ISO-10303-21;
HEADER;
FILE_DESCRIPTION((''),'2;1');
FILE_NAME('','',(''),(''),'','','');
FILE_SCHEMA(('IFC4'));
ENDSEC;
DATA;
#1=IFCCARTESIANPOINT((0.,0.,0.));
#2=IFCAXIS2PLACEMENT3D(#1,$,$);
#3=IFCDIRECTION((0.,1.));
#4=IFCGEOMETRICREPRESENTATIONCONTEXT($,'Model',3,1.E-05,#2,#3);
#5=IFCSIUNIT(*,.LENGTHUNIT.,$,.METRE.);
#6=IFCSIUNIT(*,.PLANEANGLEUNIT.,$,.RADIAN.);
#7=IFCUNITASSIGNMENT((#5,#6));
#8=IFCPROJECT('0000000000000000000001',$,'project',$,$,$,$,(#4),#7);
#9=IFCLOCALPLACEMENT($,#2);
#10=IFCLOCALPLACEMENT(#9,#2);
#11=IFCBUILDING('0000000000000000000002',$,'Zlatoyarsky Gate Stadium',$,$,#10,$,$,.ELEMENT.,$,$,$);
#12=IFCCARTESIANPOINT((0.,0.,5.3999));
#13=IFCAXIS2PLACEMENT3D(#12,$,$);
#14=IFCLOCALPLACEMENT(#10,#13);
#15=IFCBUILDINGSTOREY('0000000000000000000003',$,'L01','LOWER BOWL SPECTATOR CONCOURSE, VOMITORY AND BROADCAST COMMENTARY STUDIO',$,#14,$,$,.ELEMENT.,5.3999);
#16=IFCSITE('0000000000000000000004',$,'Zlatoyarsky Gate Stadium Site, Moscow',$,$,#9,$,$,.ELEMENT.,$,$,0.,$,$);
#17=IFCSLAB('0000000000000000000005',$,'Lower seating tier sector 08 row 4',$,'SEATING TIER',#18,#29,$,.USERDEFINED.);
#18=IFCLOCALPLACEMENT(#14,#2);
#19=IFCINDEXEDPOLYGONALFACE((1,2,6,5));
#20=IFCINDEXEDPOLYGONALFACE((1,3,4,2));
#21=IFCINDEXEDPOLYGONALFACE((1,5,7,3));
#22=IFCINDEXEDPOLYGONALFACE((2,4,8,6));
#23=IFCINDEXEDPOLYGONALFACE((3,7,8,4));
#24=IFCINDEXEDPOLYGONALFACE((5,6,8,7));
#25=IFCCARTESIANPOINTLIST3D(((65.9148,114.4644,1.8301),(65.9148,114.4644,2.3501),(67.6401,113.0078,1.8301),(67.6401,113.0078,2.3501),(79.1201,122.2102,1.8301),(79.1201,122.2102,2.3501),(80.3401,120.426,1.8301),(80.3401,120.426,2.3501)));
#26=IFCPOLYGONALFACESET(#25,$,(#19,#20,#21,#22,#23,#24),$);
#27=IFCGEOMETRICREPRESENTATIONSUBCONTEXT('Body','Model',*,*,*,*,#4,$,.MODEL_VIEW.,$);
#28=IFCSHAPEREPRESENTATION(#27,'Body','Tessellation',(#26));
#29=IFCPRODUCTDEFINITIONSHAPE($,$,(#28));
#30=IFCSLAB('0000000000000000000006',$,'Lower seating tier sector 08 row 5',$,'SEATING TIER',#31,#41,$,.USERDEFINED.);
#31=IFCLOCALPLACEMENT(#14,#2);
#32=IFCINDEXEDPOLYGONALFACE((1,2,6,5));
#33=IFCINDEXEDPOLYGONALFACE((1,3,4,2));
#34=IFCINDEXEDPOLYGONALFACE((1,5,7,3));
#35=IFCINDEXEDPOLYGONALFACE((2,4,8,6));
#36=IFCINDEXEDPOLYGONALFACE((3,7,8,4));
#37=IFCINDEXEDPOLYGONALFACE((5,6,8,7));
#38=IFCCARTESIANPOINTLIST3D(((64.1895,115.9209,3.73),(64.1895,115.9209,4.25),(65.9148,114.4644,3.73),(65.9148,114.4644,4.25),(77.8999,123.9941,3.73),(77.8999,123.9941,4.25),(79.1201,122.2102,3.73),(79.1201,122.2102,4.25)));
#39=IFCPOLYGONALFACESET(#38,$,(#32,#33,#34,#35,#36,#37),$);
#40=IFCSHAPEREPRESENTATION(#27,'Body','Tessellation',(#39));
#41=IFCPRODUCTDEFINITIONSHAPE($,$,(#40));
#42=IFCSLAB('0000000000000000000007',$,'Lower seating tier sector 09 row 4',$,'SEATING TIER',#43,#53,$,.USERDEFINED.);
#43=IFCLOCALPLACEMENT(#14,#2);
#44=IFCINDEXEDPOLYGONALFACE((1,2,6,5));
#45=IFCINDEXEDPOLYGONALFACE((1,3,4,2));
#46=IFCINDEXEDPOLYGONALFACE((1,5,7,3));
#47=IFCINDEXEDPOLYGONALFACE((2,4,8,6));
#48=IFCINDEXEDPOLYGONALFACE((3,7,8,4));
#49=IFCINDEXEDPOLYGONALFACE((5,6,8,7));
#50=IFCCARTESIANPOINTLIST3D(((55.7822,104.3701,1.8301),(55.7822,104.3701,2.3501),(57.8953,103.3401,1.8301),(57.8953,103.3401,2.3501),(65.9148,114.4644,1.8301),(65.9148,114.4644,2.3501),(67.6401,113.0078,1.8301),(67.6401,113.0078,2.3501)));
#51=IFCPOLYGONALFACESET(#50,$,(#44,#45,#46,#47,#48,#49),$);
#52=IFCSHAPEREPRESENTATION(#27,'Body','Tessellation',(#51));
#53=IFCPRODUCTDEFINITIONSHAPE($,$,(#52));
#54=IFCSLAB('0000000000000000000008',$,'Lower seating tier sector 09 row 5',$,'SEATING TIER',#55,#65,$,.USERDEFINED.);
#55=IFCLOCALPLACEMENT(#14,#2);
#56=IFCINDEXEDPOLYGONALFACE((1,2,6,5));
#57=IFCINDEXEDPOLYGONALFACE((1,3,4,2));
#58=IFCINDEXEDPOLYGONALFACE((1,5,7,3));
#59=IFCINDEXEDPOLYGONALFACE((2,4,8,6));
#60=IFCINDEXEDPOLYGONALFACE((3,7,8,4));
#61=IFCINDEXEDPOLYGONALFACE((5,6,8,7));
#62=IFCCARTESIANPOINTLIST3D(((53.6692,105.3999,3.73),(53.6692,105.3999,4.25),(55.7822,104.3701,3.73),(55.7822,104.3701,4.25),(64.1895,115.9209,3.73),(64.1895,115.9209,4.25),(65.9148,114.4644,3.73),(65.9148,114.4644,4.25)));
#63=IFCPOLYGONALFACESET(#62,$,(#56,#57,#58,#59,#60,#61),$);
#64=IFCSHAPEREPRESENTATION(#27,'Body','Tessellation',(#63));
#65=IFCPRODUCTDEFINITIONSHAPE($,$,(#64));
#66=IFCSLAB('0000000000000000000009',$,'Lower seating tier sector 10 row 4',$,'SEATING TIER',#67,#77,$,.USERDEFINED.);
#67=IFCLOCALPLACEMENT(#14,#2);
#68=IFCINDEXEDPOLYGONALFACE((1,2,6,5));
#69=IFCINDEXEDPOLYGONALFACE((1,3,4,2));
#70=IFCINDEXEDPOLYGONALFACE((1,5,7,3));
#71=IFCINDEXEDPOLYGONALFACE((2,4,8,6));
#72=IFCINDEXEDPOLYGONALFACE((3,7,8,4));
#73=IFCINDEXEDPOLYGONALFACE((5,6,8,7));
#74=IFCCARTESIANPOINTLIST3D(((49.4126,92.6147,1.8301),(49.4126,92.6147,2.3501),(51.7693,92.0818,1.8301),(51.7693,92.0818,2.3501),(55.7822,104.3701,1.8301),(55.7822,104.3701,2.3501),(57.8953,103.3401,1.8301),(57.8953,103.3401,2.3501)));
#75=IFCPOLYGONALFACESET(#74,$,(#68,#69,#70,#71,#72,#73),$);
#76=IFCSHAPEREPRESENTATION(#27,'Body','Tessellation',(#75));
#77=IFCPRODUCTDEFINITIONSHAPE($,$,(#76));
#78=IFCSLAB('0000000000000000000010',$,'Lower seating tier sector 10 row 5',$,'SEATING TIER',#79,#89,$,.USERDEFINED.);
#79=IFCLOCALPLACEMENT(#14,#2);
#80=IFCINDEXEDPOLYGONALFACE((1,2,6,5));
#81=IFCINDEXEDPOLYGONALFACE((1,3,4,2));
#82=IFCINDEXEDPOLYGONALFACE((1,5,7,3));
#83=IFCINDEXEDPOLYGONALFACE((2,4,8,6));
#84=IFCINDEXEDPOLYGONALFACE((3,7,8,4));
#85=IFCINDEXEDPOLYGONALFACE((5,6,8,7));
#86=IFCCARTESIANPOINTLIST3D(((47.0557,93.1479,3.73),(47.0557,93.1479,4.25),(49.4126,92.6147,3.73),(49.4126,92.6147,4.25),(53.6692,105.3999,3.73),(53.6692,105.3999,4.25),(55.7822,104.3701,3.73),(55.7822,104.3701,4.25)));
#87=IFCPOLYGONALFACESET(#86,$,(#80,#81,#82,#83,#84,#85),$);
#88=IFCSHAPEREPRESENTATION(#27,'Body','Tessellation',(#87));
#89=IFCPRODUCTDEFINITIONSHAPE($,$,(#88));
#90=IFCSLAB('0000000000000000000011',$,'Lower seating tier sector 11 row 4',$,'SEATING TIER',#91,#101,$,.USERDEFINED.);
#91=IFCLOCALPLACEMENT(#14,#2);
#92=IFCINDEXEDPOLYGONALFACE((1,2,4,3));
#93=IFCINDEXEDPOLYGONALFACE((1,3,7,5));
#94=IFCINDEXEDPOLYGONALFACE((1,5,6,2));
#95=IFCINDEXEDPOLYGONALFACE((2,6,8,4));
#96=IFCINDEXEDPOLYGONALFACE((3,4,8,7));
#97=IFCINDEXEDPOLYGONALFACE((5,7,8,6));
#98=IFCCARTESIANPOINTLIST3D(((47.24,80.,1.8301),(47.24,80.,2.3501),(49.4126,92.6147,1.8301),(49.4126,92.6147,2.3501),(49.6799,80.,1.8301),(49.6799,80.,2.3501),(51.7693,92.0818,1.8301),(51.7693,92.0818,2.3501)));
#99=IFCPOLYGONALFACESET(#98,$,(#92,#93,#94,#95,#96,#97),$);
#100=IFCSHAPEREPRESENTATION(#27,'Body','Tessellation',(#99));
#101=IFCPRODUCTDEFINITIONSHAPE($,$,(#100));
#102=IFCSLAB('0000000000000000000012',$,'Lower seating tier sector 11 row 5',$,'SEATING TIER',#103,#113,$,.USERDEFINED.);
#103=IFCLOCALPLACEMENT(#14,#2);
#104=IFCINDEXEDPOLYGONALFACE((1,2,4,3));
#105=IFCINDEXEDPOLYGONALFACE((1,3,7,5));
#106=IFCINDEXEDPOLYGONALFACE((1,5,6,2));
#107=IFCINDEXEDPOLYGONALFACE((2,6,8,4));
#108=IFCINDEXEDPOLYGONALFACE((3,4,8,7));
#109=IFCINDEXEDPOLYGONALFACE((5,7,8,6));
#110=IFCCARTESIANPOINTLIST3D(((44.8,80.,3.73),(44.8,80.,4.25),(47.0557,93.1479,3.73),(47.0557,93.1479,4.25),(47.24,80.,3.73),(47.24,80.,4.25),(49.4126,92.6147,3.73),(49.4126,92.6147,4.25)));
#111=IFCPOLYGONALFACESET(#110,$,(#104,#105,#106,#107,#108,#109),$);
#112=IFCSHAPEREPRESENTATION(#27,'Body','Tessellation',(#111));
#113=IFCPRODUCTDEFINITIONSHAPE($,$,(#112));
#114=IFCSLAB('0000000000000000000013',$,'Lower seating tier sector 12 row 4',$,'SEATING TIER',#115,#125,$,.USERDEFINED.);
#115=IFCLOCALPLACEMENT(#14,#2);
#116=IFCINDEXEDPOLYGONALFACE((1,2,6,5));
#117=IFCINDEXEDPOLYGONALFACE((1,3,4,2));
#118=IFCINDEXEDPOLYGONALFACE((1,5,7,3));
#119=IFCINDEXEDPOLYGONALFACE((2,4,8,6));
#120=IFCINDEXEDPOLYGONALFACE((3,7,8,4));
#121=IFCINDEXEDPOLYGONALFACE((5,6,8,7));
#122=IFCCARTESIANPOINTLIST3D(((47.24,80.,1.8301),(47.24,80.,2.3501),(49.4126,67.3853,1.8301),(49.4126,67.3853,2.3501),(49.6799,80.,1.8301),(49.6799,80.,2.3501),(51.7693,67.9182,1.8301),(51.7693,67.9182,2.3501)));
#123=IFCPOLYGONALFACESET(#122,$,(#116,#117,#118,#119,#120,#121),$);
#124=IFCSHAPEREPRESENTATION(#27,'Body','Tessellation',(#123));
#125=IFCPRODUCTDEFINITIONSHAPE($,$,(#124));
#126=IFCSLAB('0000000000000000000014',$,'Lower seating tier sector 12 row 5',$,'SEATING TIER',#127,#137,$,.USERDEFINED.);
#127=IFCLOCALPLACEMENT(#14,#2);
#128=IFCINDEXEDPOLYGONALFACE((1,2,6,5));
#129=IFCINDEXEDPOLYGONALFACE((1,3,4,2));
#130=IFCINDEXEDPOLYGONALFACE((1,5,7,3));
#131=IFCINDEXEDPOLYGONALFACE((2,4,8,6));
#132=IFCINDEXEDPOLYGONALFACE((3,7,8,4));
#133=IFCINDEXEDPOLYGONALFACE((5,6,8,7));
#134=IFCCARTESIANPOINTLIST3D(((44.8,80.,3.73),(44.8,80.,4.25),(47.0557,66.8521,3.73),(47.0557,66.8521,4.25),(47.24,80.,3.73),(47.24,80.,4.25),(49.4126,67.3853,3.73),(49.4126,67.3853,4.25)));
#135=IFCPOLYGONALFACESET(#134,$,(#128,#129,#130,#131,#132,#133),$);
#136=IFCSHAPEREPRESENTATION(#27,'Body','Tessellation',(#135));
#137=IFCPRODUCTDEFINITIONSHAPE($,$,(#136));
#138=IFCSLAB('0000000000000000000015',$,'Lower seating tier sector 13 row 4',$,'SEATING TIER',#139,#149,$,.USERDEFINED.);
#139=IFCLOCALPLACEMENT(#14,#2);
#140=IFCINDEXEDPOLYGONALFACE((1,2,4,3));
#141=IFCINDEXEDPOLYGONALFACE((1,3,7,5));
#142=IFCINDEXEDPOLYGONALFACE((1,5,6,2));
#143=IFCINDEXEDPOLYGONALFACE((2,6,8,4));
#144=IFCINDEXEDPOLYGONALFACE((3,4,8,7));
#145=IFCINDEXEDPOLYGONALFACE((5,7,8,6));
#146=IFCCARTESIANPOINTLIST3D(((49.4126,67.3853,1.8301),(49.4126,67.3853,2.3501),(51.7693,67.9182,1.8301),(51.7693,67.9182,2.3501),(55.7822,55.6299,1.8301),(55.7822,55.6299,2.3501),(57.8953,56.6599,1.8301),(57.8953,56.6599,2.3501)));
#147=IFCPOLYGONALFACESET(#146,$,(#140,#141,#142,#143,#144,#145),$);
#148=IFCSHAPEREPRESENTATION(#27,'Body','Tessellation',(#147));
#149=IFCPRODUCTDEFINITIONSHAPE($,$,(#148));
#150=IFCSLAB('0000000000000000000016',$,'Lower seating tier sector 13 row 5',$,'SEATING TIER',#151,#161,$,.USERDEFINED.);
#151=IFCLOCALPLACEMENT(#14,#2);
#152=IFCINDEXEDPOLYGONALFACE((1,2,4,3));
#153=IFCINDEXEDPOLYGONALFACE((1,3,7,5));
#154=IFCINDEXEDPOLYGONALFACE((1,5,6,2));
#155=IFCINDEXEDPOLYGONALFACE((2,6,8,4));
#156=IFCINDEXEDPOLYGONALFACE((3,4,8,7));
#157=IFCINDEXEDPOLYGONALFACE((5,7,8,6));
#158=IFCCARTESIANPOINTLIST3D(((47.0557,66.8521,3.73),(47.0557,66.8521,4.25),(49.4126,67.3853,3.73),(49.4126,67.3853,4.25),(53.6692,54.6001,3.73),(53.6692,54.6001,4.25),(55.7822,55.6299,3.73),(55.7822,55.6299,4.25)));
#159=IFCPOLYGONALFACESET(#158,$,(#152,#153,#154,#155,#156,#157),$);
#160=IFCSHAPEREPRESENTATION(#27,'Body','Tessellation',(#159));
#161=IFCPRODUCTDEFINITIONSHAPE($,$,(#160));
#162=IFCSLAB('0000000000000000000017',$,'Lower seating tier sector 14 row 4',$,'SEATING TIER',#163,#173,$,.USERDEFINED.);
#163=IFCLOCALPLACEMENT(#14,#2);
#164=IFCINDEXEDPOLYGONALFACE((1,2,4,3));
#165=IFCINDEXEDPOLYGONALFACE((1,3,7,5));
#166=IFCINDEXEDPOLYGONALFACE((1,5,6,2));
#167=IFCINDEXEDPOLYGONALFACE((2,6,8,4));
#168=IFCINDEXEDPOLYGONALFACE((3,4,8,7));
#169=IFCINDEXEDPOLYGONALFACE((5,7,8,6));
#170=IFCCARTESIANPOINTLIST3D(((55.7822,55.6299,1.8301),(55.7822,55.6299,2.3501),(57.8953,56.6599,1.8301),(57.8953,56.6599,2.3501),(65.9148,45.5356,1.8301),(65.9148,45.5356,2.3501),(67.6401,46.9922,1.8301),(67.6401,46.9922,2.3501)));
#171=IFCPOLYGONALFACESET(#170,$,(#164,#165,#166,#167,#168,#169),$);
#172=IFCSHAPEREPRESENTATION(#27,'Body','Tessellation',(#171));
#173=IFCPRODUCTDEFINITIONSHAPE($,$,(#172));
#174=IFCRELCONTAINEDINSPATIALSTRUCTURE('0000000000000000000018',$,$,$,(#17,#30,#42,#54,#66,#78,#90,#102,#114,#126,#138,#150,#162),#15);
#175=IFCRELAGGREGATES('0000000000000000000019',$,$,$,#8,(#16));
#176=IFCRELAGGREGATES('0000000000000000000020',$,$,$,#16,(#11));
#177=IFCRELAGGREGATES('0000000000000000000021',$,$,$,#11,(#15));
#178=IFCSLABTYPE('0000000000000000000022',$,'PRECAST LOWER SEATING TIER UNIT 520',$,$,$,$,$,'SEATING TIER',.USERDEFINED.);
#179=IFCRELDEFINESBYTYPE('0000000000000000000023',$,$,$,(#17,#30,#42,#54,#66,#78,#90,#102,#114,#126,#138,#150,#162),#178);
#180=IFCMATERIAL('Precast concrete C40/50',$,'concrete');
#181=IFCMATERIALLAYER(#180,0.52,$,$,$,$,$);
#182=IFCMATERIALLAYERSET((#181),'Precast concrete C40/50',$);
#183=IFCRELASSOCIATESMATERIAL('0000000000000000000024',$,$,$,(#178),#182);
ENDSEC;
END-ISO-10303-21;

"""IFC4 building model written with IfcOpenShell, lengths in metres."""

from ifc_helpers import new_model, si_unit, direction, frame, origin, place, context, subcontext, project, spatial, polyline, outline, extrude, material, layer, layer_set, type_object, element, save


model = new_model("IFC4")

# Units and contexts
model_context = context("Model", 3, precision=1e-05, world=origin(), true_north=direction((0.0, 1.0)))
body_context = subcontext(model_context, "Body", "Model", "MODEL_VIEW")
ifc_project = project(units=[si_unit("LENGTHUNIT", "METRE"), si_unit("PLANEANGLEUNIT", "RADIAN")], contexts=[model_context])

# Site, building, storey
site_placement = place(None, origin())
site = spatial("IfcSite", under=ifc_project, at=site_placement, Name="Zlatoyarsky Gate Stadium Site, Moscow", CompositionType="ELEMENT", RefElevation=0.0)
building_placement = place(site_placement, origin())
building = spatial("IfcBuilding", under=site, at=building_placement, Name="Zlatoyarsky Gate Stadium", CompositionType="ELEMENT")
storey_placement = place(building_placement, frame((0.0, 0.0, 5.3999)))
storey = spatial("IfcBuildingStorey", under=building, at=storey_placement, Name="L01", Description="LOWER BOWL SPECTATOR CONCOURSE, VOMITORY AND BROADCAST COMMENTARY STUDIO", CompositionType="ELEMENT", Elevation=5.3999)

# Slabs
ifc_material = material(Name="Precast concrete C40/50", Category="concrete")
ifc_layer = layer(ifc_material, 0.52)
ifc_layer_set = layer_set([ifc_layer], Name="Precast concrete C40/50")
slab_type = type_object("IfcSlabType", Name="PRECAST LOWER SEATING TIER UNIT 520", ElementType="SEATING TIER", PredefinedType="USERDEFINED", material=ifc_layer_set)
slab_1_placement = place(storey_placement, frame((0.0, 0.0, 1.8301)))
element("IfcSlab", 1, at=slab_1_placement, inside=storey, type_object=slab_type, Name="Lower seating tier sector 08 row 4", ObjectType="SEATING TIER", PredefinedType="USERDEFINED", context=body_context, shape_type="SweptSolid", body=[
    extrude(outline(polyline([(80.3401, 120.426), (79.1201, 122.2102), (65.9148, 114.4644), (67.6401, 113.0078), (80.3401, 120.426)])), origin(), (0.0, 0.0, 1.0), 0.52),
])
slab_2_placement = place(storey_placement, frame((0.0, 0.0, 3.73)))
element("IfcSlab", 2, at=slab_2_placement, inside=storey, type_object=slab_type, Name="Lower seating tier sector 08 row 5", ObjectType="SEATING TIER", PredefinedType="USERDEFINED", context=body_context, shape_type="SweptSolid", body=[
    extrude(outline(polyline([(79.1201, 122.2102), (77.8999, 123.9941), (64.1895, 115.9209), (65.9148, 114.4644), (79.1201, 122.2102)])), origin(), (0.0, 0.0, 1.0), 0.52),
])
slab_3_placement = place(storey_placement, frame((0.0, 0.0, 1.8301)))
element("IfcSlab", 3, at=slab_3_placement, inside=storey, type_object=slab_type, Name="Lower seating tier sector 09 row 4", ObjectType="SEATING TIER", PredefinedType="USERDEFINED", context=body_context, shape_type="SweptSolid", body=[
    extrude(outline(polyline([(67.6401, 113.0078), (65.9148, 114.4644), (55.7822, 104.3701), (57.8953, 103.3401), (67.6401, 113.0078)])), origin(), (0.0, 0.0, 1.0), 0.52),
])
slab_4_placement = place(storey_placement, frame((0.0, 0.0, 3.73)))
element("IfcSlab", 4, at=slab_4_placement, inside=storey, type_object=slab_type, Name="Lower seating tier sector 09 row 5", ObjectType="SEATING TIER", PredefinedType="USERDEFINED", context=body_context, shape_type="SweptSolid", body=[
    extrude(outline(polyline([(65.9148, 114.4644), (64.1895, 115.9209), (53.6692, 105.3999), (55.7822, 104.3701), (65.9148, 114.4644)])), origin(), (0.0, 0.0, 1.0), 0.52),
])
slab_5_placement = place(storey_placement, frame((0.0, 0.0, 1.8301)))
element("IfcSlab", 5, at=slab_5_placement, inside=storey, type_object=slab_type, Name="Lower seating tier sector 10 row 4", ObjectType="SEATING TIER", PredefinedType="USERDEFINED", context=body_context, shape_type="SweptSolid", body=[
    extrude(outline(polyline([(57.8953, 103.3401), (55.7822, 104.3701), (49.4126, 92.6147), (51.7693, 92.0818), (57.8953, 103.3401)])), origin(), (0.0, 0.0, 1.0), 0.52),
])
slab_6_placement = place(storey_placement, frame((0.0, 0.0, 3.73)))
element("IfcSlab", 6, at=slab_6_placement, inside=storey, type_object=slab_type, Name="Lower seating tier sector 10 row 5", ObjectType="SEATING TIER", PredefinedType="USERDEFINED", context=body_context, shape_type="SweptSolid", body=[
    extrude(outline(polyline([(55.7822, 104.3701), (53.6692, 105.3999), (47.0557, 93.1479), (49.4126, 92.6147), (55.7822, 104.3701)])), origin(), (0.0, 0.0, 1.0), 0.52),
])
slab_7_placement = place(storey_placement, frame((0.0, 0.0, 1.8301)))
element("IfcSlab", 7, at=slab_7_placement, inside=storey, type_object=slab_type, Name="Lower seating tier sector 11 row 4", ObjectType="SEATING TIER", PredefinedType="USERDEFINED", context=body_context, shape_type="SweptSolid", body=[
    extrude(outline(polyline([(51.7693, 92.0818), (49.4126, 92.6147), (47.24, 80.0), (49.6799, 80.0), (51.7693, 92.0818)])), origin(), (0.0, 0.0, 1.0), 0.52),
])
slab_8_placement = place(storey_placement, frame((0.0, 0.0, 3.73)))
element("IfcSlab", 8, at=slab_8_placement, inside=storey, type_object=slab_type, Name="Lower seating tier sector 11 row 5", ObjectType="SEATING TIER", PredefinedType="USERDEFINED", context=body_context, shape_type="SweptSolid", body=[
    extrude(outline(polyline([(49.4126, 92.6147), (47.0557, 93.1479), (44.8, 80.0), (47.24, 80.0), (49.4126, 92.6147)])), origin(), (0.0, 0.0, 1.0), 0.52),
])
slab_9_placement = place(storey_placement, frame((0.0, 0.0, 1.8301)))
element("IfcSlab", 9, at=slab_9_placement, inside=storey, type_object=slab_type, Name="Lower seating tier sector 12 row 4", ObjectType="SEATING TIER", PredefinedType="USERDEFINED", context=body_context, shape_type="SweptSolid", body=[
    extrude(outline(polyline([(49.6799, 80.0), (47.24, 80.0), (49.4126, 67.3853), (51.7693, 67.9182), (49.6799, 80.0)])), origin(), (0.0, 0.0, 1.0), 0.52),
])
slab_10_placement = place(storey_placement, frame((0.0, 0.0, 3.73)))
element("IfcSlab", 10, at=slab_10_placement, inside=storey, type_object=slab_type, Name="Lower seating tier sector 12 row 5", ObjectType="SEATING TIER", PredefinedType="USERDEFINED", context=body_context, shape_type="SweptSolid", body=[
    extrude(outline(polyline([(47.24, 80.0), (44.8, 80.0), (47.0557, 66.8521), (49.4126, 67.3853), (47.24, 80.0)])), origin(), (0.0, 0.0, 1.0), 0.52),
])
slab_11_placement = place(storey_placement, frame((0.0, 0.0, 1.8301)))
element("IfcSlab", 11, at=slab_11_placement, inside=storey, type_object=slab_type, Name="Lower seating tier sector 13 row 4", ObjectType="SEATING TIER", PredefinedType="USERDEFINED", context=body_context, shape_type="SweptSolid", body=[
    extrude(outline(polyline([(51.7693, 67.9182), (49.4126, 67.3853), (55.7822, 55.6299), (57.8953, 56.6599), (51.7693, 67.9182)])), origin(), (0.0, 0.0, 1.0), 0.52),
])
slab_12_placement = place(storey_placement, frame((0.0, 0.0, 3.73)))
element("IfcSlab", 12, at=slab_12_placement, inside=storey, type_object=slab_type, Name="Lower seating tier sector 13 row 5", ObjectType="SEATING TIER", PredefinedType="USERDEFINED", context=body_context, shape_type="SweptSolid", body=[
    extrude(outline(polyline([(49.4126, 67.3853), (47.0557, 66.8521), (53.6692, 54.6001), (55.7822, 55.6299), (49.4126, 67.3853)])), origin(), (0.0, 0.0, 1.0), 0.52),
])
slab_13_placement = place(storey_placement, frame((0.0, 0.0, 1.8301)))
element("IfcSlab", 13, at=slab_13_placement, inside=storey, type_object=slab_type, Name="Lower seating tier sector 14 row 4", ObjectType="SEATING TIER", PredefinedType="USERDEFINED", context=body_context, shape_type="SweptSolid", body=[
    extrude(outline(polyline([(57.8953, 56.6599), (55.7822, 55.6299), (65.9148, 45.5356), (67.6401, 46.9922), (57.8953, 56.6599)])), origin(), (0.0, 0.0, 1.0), 0.52),
])

save(model, "model.ifc")
